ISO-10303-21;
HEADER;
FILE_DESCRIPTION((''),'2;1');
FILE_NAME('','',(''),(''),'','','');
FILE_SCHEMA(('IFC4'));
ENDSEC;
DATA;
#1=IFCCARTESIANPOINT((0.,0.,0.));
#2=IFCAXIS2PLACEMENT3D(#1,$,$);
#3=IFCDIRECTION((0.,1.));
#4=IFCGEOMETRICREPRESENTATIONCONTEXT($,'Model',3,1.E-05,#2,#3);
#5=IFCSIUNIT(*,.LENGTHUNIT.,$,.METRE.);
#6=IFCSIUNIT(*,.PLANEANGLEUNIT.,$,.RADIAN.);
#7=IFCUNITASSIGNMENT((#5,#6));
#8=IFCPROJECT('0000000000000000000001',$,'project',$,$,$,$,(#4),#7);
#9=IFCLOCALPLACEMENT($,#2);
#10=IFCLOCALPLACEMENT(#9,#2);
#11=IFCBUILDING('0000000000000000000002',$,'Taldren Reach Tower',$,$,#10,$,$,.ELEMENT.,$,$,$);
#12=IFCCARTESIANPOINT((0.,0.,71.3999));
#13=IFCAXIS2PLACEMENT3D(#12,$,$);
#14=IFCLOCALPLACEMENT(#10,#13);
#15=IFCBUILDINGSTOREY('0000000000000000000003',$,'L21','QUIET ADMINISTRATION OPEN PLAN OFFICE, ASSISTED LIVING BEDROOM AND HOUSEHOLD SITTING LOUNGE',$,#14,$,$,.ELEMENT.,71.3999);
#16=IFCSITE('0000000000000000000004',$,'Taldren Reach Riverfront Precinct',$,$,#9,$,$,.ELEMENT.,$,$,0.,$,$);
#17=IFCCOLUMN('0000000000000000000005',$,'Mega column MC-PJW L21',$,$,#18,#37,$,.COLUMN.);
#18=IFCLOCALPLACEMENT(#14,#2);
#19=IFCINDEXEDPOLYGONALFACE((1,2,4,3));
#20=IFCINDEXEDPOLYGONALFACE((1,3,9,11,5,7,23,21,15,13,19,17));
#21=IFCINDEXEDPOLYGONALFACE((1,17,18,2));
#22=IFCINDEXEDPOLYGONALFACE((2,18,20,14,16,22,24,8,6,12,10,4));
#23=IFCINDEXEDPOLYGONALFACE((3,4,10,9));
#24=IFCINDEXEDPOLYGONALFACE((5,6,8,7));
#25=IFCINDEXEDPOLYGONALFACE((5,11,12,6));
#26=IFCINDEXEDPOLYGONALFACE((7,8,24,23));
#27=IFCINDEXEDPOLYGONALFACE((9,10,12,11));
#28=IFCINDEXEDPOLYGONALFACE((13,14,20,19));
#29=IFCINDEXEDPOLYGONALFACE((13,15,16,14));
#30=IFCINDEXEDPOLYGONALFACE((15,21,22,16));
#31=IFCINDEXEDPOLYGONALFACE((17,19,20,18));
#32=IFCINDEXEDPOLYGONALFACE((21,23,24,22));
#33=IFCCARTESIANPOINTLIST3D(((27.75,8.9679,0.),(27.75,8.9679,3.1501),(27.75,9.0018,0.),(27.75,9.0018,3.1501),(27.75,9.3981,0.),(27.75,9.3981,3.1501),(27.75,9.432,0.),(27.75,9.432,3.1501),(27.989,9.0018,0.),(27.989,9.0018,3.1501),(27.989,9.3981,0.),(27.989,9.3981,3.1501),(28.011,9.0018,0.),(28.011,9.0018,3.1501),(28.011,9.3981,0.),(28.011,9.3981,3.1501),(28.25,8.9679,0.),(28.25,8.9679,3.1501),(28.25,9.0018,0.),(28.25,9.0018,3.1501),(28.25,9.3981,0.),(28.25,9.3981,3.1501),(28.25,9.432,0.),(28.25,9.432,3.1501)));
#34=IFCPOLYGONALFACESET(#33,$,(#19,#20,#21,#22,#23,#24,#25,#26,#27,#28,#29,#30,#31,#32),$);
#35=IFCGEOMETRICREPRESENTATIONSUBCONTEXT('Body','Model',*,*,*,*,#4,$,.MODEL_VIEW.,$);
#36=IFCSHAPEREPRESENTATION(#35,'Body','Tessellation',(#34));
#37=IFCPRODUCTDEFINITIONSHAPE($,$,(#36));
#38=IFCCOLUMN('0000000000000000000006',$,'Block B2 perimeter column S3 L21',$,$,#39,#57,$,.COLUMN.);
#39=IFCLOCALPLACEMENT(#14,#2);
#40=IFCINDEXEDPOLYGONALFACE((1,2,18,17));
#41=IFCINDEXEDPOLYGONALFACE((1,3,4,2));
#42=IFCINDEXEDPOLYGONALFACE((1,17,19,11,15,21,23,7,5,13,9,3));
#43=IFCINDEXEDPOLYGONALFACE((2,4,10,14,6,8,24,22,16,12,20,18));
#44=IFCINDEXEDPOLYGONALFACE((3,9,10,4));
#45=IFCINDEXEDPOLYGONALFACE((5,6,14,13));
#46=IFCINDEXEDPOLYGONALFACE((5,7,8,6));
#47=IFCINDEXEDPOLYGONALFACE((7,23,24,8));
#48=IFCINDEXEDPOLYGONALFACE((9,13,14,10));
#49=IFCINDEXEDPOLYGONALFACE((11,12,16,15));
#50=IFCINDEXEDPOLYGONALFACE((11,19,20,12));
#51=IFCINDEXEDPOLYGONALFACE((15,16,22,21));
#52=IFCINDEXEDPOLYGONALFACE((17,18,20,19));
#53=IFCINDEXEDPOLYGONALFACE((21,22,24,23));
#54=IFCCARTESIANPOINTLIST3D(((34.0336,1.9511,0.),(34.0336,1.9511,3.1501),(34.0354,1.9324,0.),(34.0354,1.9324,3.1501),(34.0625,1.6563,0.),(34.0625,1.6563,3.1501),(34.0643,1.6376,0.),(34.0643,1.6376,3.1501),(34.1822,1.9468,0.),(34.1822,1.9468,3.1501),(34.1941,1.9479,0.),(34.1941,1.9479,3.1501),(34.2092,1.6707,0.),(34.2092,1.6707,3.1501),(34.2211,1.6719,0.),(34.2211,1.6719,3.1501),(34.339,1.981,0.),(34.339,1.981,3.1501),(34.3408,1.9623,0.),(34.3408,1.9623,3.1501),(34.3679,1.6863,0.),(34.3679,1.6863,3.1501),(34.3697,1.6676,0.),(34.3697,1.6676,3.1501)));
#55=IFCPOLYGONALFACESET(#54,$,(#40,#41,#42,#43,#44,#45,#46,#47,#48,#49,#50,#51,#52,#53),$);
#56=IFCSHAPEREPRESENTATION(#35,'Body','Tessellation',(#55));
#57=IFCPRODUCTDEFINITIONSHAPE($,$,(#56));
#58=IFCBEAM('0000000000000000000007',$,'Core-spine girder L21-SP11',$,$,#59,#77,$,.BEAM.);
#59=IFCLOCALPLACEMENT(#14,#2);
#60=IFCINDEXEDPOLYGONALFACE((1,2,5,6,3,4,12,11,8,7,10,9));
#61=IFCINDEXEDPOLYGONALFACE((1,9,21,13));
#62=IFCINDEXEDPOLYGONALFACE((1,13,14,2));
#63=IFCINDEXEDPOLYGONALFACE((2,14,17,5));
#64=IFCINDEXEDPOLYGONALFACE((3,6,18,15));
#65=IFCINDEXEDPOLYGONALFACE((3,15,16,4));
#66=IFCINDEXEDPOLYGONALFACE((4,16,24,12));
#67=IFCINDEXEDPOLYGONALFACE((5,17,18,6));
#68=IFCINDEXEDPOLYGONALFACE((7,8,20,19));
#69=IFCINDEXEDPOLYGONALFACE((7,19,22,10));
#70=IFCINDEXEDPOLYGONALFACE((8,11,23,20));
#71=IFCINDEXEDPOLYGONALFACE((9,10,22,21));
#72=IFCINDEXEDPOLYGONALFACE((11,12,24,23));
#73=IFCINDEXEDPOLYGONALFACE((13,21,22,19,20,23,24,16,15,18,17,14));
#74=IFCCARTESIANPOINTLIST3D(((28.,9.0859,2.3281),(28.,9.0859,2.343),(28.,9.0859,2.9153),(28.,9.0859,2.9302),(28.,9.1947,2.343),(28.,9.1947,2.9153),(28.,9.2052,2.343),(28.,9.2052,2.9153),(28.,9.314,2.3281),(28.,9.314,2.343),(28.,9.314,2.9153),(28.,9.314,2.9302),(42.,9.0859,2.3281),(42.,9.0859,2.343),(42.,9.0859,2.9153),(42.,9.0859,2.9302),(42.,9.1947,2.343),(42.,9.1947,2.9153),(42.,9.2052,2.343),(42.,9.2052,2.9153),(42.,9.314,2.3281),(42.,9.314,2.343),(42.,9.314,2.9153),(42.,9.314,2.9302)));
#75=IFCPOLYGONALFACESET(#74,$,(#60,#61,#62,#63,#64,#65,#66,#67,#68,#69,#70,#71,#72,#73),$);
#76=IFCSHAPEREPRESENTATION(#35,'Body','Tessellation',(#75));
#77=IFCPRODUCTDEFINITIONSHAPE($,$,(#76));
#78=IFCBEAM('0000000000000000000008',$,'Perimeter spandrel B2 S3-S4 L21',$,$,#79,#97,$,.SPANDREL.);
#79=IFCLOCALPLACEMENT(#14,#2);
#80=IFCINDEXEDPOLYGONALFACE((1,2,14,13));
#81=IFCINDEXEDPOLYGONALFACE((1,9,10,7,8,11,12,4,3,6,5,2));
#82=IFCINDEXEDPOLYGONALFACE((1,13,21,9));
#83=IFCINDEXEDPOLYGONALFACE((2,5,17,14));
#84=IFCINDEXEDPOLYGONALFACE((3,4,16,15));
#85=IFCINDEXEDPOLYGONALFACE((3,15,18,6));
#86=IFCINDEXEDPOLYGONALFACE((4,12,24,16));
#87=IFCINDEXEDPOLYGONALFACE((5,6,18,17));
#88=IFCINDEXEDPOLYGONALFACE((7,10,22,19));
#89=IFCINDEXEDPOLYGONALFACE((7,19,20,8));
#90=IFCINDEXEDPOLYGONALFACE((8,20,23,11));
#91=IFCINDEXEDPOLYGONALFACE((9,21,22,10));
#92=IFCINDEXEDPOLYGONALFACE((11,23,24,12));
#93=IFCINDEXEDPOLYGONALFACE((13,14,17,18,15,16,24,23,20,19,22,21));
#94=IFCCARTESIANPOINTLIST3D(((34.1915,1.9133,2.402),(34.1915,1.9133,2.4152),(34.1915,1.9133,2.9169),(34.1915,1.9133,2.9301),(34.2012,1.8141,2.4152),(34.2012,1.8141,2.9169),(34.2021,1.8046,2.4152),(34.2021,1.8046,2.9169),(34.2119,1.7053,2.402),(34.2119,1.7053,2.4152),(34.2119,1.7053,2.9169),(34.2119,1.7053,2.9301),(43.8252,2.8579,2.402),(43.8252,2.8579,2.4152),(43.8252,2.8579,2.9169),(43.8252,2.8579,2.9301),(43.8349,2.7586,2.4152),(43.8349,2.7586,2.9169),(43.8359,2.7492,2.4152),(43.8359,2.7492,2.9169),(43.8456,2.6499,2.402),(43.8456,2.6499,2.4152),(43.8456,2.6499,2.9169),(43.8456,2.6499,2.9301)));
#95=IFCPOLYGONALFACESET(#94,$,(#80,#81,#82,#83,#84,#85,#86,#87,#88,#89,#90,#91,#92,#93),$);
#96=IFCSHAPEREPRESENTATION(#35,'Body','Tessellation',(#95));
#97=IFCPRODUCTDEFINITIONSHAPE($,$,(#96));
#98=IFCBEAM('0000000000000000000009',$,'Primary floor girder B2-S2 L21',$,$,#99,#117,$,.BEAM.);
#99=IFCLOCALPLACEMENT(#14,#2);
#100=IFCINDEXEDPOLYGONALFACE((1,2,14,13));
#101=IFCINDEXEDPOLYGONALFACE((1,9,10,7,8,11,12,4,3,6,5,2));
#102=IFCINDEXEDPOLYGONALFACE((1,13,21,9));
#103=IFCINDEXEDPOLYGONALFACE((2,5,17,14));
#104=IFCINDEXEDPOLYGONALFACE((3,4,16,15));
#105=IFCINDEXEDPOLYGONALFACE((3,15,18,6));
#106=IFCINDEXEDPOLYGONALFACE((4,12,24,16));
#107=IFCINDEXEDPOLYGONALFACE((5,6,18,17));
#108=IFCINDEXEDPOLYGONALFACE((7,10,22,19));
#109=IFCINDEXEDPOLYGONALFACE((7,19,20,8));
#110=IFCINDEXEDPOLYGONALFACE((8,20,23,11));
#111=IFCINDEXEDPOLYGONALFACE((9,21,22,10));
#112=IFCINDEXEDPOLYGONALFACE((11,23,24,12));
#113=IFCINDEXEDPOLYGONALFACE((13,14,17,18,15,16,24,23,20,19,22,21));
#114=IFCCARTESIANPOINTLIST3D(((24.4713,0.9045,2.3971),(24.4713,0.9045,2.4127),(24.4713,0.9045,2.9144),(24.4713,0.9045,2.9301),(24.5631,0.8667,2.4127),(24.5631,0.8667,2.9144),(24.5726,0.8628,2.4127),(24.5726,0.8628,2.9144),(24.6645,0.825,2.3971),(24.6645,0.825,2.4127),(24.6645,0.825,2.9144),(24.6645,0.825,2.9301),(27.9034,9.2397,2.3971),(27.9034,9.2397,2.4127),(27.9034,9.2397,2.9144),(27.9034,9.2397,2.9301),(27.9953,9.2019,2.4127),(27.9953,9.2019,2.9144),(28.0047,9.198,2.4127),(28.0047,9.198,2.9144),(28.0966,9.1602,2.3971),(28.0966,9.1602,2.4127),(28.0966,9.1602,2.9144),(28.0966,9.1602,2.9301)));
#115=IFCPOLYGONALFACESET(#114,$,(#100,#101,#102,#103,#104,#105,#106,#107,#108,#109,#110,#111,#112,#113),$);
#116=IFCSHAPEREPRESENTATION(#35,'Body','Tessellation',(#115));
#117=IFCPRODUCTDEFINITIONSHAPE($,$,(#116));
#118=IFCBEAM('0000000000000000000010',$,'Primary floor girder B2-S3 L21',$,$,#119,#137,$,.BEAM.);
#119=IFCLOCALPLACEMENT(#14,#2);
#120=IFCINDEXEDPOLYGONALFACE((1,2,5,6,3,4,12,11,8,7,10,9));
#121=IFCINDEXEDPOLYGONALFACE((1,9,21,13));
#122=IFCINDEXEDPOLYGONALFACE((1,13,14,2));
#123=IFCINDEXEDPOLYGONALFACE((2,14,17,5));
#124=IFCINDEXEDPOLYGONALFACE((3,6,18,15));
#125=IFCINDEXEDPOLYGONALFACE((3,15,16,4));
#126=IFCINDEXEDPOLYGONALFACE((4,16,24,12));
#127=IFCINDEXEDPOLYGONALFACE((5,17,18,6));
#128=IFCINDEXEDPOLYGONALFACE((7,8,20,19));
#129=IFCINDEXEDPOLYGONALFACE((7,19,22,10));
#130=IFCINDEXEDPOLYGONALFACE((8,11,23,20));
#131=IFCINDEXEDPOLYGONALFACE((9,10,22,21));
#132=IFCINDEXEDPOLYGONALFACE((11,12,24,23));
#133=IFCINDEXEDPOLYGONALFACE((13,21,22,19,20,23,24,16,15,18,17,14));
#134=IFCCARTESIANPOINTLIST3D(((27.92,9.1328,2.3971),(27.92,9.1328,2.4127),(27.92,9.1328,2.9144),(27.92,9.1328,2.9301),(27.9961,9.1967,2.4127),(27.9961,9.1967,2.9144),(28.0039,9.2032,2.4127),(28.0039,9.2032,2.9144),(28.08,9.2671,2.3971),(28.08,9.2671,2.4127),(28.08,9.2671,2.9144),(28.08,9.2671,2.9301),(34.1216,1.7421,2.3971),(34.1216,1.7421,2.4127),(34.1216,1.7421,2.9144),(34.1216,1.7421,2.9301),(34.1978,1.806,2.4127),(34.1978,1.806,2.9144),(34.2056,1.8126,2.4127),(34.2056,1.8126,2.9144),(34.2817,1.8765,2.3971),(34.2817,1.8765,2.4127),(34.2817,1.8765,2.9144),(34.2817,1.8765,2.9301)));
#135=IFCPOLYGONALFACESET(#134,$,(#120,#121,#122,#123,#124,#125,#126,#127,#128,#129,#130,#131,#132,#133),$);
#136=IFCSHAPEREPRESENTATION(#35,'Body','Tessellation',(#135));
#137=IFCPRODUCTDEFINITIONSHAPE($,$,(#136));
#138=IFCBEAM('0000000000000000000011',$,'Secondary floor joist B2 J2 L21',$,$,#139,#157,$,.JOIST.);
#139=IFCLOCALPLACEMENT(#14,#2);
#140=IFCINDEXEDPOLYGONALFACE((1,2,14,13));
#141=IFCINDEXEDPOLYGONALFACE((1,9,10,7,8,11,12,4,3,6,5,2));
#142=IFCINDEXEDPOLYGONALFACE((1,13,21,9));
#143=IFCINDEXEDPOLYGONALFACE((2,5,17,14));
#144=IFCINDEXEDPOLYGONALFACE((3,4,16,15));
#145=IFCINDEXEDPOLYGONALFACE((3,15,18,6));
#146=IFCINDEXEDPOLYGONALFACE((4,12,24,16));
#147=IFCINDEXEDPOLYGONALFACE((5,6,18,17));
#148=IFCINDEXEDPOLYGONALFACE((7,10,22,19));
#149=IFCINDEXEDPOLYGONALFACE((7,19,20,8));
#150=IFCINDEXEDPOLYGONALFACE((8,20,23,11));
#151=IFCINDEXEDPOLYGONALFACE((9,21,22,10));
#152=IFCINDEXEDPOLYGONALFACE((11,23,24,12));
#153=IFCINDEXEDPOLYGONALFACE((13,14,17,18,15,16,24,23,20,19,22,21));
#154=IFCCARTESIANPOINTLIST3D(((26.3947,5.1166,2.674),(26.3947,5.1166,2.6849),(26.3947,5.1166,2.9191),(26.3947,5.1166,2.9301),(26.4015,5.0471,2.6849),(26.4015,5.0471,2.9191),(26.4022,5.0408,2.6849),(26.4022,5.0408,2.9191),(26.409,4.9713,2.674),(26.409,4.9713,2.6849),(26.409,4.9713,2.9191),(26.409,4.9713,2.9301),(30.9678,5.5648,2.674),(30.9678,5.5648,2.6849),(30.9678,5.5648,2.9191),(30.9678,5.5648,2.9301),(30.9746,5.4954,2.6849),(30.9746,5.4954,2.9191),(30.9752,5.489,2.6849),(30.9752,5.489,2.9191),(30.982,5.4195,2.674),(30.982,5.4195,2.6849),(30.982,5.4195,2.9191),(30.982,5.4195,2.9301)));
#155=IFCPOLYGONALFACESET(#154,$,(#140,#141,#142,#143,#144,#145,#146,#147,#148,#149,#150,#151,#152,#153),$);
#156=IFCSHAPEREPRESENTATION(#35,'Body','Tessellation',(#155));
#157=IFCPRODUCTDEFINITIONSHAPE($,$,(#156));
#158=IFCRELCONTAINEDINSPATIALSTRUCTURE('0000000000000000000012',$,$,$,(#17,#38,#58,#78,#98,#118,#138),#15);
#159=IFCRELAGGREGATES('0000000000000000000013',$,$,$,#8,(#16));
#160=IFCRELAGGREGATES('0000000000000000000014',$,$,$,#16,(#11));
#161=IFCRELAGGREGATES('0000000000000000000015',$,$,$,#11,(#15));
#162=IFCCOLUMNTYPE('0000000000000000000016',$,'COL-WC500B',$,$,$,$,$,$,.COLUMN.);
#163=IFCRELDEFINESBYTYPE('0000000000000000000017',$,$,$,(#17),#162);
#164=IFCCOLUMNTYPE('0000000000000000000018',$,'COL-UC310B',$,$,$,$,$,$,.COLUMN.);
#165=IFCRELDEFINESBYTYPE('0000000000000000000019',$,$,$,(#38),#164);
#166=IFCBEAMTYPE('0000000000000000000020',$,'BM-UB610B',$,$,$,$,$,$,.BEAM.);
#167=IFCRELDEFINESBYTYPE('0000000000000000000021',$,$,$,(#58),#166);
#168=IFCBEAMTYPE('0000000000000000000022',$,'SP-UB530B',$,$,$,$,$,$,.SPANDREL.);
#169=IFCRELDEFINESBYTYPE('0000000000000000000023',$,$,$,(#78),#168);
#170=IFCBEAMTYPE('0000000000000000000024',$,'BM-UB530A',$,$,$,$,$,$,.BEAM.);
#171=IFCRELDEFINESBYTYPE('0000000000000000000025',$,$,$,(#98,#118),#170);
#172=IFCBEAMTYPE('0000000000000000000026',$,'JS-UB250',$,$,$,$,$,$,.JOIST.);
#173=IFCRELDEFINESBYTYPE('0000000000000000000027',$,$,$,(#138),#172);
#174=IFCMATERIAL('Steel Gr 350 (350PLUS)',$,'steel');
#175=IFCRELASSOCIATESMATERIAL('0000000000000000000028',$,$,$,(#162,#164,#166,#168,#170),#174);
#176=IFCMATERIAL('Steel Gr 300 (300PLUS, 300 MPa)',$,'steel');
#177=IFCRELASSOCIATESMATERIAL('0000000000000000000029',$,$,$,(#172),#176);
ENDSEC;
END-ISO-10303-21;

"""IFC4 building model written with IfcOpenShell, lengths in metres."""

from ifc_helpers import new_model, si_unit, direction, frame, origin, origin_2d, place, context, subcontext, project, spatial, i_section, extrude, source, transform, mapped, material, material_profile, profile_set, type_object, element, save


model = new_model("IFC4")

# Units and contexts
model_context = context("Model", 3, precision=1e-05, world=origin(), true_north=direction((0.0, 1.0)))
body_context = subcontext(model_context, "Body", "Model", "MODEL_VIEW")
ifc_project = project(units=[si_unit("LENGTHUNIT", "METRE"), si_unit("PLANEANGLEUNIT", "RADIAN")], contexts=[model_context])

# Site, building, storey
site_placement = place(None, origin())
site = spatial("IfcSite", under=ifc_project, at=site_placement, Name="Taldren Reach Riverfront Precinct", CompositionType="ELEMENT", RefElevation=0.0)
building_placement = place(site_placement, origin())
building = spatial("IfcBuilding", under=site, at=building_placement, Name="Taldren Reach Tower", CompositionType="ELEMENT")
storey_placement = place(building_placement, frame((0.0, 0.0, 71.3999)))
storey = spatial("IfcBuildingStorey", under=building, at=storey_placement, Name="L21", Description="QUIET ADMINISTRATION OPEN PLAN OFFICE, ASSISTED LIVING BEDROOM AND HOUSEHOLD SITTING LOUNGE", CompositionType="ELEMENT", Elevation=71.3999)

# Columns
ifc_material_1 = material(Name="Steel Gr 350 (350PLUS)", Category="steel")
ifc_material_profile_1 = material_profile(ifc_material_1, i_section(OverallWidth=0.5, OverallDepth=0.4641, WebThickness=0.022, FlangeThickness=0.0339, at=origin_2d()), Name="500WC340")
ifc_profile_set_1 = profile_set([ifc_material_profile_1], Name="Steel Gr 350 (350PLUS)")
column_type_1 = type_object("IfcColumnType", Name="COL-WC500B", PredefinedType="COLUMN", material=ifc_profile_set_1)
shared_shape_1 = source(origin(), body_context, "Body", "SweptSolid", [
    extrude(i_section(OverallWidth=0.5, OverallDepth=0.4641, WebThickness=0.022, FlangeThickness=0.0339, at=origin_2d()), origin(), (0.0, 0.0, 1.0), 3.1501),
])
column_1_placement = place(storey_placement, frame((28.0, 9.2, 0.0), z_axis=(0.0, 0.0, 1.0), x_axis=(1.0, 0.0, 0.0)))
element("IfcColumn", 1, at=column_1_placement, inside=storey, type_object=column_type_1, Name="Mega column MC-PJW L21", PredefinedType="COLUMN", context=body_context, shape_type="MappedRepresentation", body=[
    mapped(shared_shape_1, transform((0.0, 0.0, 0.0), scale=1.0)),
])
ifc_material_profile_2 = material_profile(ifc_material_1, i_section(OverallWidth=0.3069, OverallDepth=0.3149, WebThickness=0.012, FlangeThickness=0.0188, at=origin_2d()), Name="310UC118")
ifc_profile_set_2 = profile_set([ifc_material_profile_2], Name="Steel Gr 350 (350PLUS)")
column_type_2 = type_object("IfcColumnType", Name="COL-UC310B", PredefinedType="COLUMN", material=ifc_profile_set_2)
shared_shape_2 = source(origin(), body_context, "Body", "SweptSolid", [
    extrude(i_section(OverallWidth=0.3069, OverallDepth=0.3149, WebThickness=0.012, FlangeThickness=0.0188, at=origin_2d()), origin(), (0.0, 0.0, 1.0), 3.1501),
])
column_2_placement = place(storey_placement, frame((34.2017, 1.8093, 0.0), z_axis=(0.0, 0.0, 1.0), x_axis=(0.995227, 0.097583, 0.0)))
element("IfcColumn", 2, at=column_2_placement, inside=storey, type_object=column_type_2, Name="Block B2 perimeter column S3 L21", PredefinedType="COLUMN", context=body_context, shape_type="MappedRepresentation", body=[
    mapped(shared_shape_2, transform((0.0, 0.0, 0.0), scale=1.0)),
])

# Beams
ifc_material_profile_3 = material_profile(ifc_material_1, i_section(OverallWidth=0.228, OverallDepth=0.6021, WebThickness=0.0105, FlangeThickness=0.0149, at=origin_2d()), Name="610UB101")
ifc_profile_set_3 = profile_set([ifc_material_profile_3], Name="Steel Gr 350 (350PLUS)")
beam_type_1 = type_object("IfcBeamType", Name="BM-UB610B", PredefinedType="BEAM", material=ifc_profile_set_3)
shared_shape_3 = source(origin(), body_context, "Body", "SweptSolid", [
    extrude(i_section(OverallWidth=0.228, OverallDepth=0.6021, WebThickness=0.0105, FlangeThickness=0.0149, at=origin_2d()), origin(), (0.0, 0.0, 1.0), 14.0),
])
beam_1_placement = place(storey_placement, frame((28.0, 9.2, 2.6292), z_axis=(1.0, 0.0, 0.0), x_axis=(0.0, 1.0, 0.0)))
element("IfcBeam", 3, at=beam_1_placement, inside=storey, type_object=beam_type_1, Name="Core-spine girder L21-SP11", PredefinedType="BEAM", context=body_context, shape_type="MappedRepresentation", body=[
    mapped(shared_shape_3, transform((0.0, 0.0, 0.0), scale=1.0)),
])
ifc_material_profile_4 = material_profile(ifc_material_1, i_section(OverallWidth=0.209, OverallDepth=0.5281, WebThickness=0.0095, FlangeThickness=0.0132, at=origin_2d()), Name="530UB82.0")
ifc_profile_set_4 = profile_set([ifc_material_profile_4], Name="Steel Gr 350 (350PLUS)")
beam_type_2 = type_object("IfcBeamType", Name="SP-UB530B", PredefinedType="SPANDREL", material=ifc_profile_set_4)
shared_shape_4 = source(origin(), body_context, "Body", "SweptSolid", [
    extrude(i_section(OverallWidth=0.209, OverallDepth=0.5281, WebThickness=0.0095, FlangeThickness=0.0132, at=origin_2d()), origin(), (0.0, 0.0, 1.0), 9.6799),
])
beam_2_placement = place(storey_placement, frame((34.2017, 1.8093, 2.666), z_axis=(0.995228, 0.097581, 0.0), x_axis=(-0.097581, 0.995228, 0.0)))
element("IfcBeam", 4, at=beam_2_placement, inside=storey, type_object=beam_type_2, Name="Perimeter spandrel B2 S3-S4 L21", PredefinedType="SPANDREL", context=body_context, shape_type="MappedRepresentation", body=[
    mapped(shared_shape_4, transform((0.0, 0.0, 0.0), scale=1.0)),
])
ifc_material_profile_5 = material_profile(ifc_material_1, i_section(OverallWidth=0.209, OverallDepth=0.533, WebThickness=0.0103, FlangeThickness=0.0156, at=origin_2d()), Name="530UB92.4")
ifc_profile_set_5 = profile_set([ifc_material_profile_5], Name="Steel Gr 350 (350PLUS)")
beam_type_3 = type_object("IfcBeamType", Name="BM-UB530A", PredefinedType="BEAM", material=ifc_profile_set_5)
shared_shape_5 = source(origin(), body_context, "Body", "SweptSolid", [
    extrude(i_section(OverallWidth=0.209, OverallDepth=0.533, WebThickness=0.0103, FlangeThickness=0.0156, at=origin_2d()), origin(), (0.0, 0.0, 1.0), 9.0142),
])
beam_3_placement = place(storey_placement, frame((28.0, 9.2, 2.6636), z_axis=(-0.380748, -0.924679, 0.0), x_axis=(0.924679, -0.380748, 0.0)))
element("IfcBeam", 5, at=beam_3_placement, inside=storey, type_object=beam_type_3, Name="Primary floor girder B2-S2 L21", PredefinedType="BEAM", context=body_context, shape_type="MappedRepresentation", body=[
    mapped(shared_shape_5, transform((0.0, 0.0, 0.0), scale=1.0)),
])
shared_shape_6 = source(origin(), body_context, "Body", "SweptSolid", [
    extrude(i_section(OverallWidth=0.209, OverallDepth=0.533, WebThickness=0.0103, FlangeThickness=0.0156, at=origin_2d()), origin(), (0.0, 0.0, 1.0), 9.6479),
])
beam_4_placement = place(storey_placement, frame((28.0, 9.2, 2.6636), z_axis=(0.642799, -0.766035, 0.0), x_axis=(0.766035, 0.642799, 0.0)))
element("IfcBeam", 6, at=beam_4_placement, inside=storey, type_object=beam_type_3, Name="Primary floor girder B2-S3 L21", PredefinedType="BEAM", context=body_context, shape_type="MappedRepresentation", body=[
    mapped(shared_shape_6, transform((0.0, 0.0, 0.0), scale=1.0)),
])
ifc_material_2 = material(Name="Steel Gr 300 (300PLUS, 300 MPa)", Category="steel")
ifc_material_profile_6 = material_profile(ifc_material_2, i_section(OverallWidth=0.146, OverallDepth=0.2561, WebThickness=0.0063, FlangeThickness=0.011, at=origin_2d()), Name="250UB37.3")
ifc_profile_set_6 = profile_set([ifc_material_profile_6], Name="Steel Gr 300 (300PLUS, 300 MPa)")
beam_type_4 = type_object("IfcBeamType", Name="JS-UB250", PredefinedType="JOIST", material=ifc_profile_set_6)
shared_shape_7 = source(origin(), body_context, "Body", "SweptSolid", [
    extrude(i_section(OverallWidth=0.146, OverallDepth=0.2561, WebThickness=0.0063, FlangeThickness=0.011, at=origin_2d()), origin(), (0.0, 0.0, 1.0), 4.595),
])
beam_5_placement = place(storey_placement, frame((26.4019, 5.0439, 2.802), z_axis=(0.99523, 0.097552, 0.0), x_axis=(-0.097552, 0.99523, 0.0)))
element("IfcBeam", 7, at=beam_5_placement, inside=storey, type_object=beam_type_4, Name="Secondary floor joist B2 J2 L21", PredefinedType="JOIST", context=body_context, shape_type="MappedRepresentation", body=[
    mapped(shared_shape_7, transform((0.0, 0.0, 0.0), scale=1.0)),
])

save(model, "model.ifc")
